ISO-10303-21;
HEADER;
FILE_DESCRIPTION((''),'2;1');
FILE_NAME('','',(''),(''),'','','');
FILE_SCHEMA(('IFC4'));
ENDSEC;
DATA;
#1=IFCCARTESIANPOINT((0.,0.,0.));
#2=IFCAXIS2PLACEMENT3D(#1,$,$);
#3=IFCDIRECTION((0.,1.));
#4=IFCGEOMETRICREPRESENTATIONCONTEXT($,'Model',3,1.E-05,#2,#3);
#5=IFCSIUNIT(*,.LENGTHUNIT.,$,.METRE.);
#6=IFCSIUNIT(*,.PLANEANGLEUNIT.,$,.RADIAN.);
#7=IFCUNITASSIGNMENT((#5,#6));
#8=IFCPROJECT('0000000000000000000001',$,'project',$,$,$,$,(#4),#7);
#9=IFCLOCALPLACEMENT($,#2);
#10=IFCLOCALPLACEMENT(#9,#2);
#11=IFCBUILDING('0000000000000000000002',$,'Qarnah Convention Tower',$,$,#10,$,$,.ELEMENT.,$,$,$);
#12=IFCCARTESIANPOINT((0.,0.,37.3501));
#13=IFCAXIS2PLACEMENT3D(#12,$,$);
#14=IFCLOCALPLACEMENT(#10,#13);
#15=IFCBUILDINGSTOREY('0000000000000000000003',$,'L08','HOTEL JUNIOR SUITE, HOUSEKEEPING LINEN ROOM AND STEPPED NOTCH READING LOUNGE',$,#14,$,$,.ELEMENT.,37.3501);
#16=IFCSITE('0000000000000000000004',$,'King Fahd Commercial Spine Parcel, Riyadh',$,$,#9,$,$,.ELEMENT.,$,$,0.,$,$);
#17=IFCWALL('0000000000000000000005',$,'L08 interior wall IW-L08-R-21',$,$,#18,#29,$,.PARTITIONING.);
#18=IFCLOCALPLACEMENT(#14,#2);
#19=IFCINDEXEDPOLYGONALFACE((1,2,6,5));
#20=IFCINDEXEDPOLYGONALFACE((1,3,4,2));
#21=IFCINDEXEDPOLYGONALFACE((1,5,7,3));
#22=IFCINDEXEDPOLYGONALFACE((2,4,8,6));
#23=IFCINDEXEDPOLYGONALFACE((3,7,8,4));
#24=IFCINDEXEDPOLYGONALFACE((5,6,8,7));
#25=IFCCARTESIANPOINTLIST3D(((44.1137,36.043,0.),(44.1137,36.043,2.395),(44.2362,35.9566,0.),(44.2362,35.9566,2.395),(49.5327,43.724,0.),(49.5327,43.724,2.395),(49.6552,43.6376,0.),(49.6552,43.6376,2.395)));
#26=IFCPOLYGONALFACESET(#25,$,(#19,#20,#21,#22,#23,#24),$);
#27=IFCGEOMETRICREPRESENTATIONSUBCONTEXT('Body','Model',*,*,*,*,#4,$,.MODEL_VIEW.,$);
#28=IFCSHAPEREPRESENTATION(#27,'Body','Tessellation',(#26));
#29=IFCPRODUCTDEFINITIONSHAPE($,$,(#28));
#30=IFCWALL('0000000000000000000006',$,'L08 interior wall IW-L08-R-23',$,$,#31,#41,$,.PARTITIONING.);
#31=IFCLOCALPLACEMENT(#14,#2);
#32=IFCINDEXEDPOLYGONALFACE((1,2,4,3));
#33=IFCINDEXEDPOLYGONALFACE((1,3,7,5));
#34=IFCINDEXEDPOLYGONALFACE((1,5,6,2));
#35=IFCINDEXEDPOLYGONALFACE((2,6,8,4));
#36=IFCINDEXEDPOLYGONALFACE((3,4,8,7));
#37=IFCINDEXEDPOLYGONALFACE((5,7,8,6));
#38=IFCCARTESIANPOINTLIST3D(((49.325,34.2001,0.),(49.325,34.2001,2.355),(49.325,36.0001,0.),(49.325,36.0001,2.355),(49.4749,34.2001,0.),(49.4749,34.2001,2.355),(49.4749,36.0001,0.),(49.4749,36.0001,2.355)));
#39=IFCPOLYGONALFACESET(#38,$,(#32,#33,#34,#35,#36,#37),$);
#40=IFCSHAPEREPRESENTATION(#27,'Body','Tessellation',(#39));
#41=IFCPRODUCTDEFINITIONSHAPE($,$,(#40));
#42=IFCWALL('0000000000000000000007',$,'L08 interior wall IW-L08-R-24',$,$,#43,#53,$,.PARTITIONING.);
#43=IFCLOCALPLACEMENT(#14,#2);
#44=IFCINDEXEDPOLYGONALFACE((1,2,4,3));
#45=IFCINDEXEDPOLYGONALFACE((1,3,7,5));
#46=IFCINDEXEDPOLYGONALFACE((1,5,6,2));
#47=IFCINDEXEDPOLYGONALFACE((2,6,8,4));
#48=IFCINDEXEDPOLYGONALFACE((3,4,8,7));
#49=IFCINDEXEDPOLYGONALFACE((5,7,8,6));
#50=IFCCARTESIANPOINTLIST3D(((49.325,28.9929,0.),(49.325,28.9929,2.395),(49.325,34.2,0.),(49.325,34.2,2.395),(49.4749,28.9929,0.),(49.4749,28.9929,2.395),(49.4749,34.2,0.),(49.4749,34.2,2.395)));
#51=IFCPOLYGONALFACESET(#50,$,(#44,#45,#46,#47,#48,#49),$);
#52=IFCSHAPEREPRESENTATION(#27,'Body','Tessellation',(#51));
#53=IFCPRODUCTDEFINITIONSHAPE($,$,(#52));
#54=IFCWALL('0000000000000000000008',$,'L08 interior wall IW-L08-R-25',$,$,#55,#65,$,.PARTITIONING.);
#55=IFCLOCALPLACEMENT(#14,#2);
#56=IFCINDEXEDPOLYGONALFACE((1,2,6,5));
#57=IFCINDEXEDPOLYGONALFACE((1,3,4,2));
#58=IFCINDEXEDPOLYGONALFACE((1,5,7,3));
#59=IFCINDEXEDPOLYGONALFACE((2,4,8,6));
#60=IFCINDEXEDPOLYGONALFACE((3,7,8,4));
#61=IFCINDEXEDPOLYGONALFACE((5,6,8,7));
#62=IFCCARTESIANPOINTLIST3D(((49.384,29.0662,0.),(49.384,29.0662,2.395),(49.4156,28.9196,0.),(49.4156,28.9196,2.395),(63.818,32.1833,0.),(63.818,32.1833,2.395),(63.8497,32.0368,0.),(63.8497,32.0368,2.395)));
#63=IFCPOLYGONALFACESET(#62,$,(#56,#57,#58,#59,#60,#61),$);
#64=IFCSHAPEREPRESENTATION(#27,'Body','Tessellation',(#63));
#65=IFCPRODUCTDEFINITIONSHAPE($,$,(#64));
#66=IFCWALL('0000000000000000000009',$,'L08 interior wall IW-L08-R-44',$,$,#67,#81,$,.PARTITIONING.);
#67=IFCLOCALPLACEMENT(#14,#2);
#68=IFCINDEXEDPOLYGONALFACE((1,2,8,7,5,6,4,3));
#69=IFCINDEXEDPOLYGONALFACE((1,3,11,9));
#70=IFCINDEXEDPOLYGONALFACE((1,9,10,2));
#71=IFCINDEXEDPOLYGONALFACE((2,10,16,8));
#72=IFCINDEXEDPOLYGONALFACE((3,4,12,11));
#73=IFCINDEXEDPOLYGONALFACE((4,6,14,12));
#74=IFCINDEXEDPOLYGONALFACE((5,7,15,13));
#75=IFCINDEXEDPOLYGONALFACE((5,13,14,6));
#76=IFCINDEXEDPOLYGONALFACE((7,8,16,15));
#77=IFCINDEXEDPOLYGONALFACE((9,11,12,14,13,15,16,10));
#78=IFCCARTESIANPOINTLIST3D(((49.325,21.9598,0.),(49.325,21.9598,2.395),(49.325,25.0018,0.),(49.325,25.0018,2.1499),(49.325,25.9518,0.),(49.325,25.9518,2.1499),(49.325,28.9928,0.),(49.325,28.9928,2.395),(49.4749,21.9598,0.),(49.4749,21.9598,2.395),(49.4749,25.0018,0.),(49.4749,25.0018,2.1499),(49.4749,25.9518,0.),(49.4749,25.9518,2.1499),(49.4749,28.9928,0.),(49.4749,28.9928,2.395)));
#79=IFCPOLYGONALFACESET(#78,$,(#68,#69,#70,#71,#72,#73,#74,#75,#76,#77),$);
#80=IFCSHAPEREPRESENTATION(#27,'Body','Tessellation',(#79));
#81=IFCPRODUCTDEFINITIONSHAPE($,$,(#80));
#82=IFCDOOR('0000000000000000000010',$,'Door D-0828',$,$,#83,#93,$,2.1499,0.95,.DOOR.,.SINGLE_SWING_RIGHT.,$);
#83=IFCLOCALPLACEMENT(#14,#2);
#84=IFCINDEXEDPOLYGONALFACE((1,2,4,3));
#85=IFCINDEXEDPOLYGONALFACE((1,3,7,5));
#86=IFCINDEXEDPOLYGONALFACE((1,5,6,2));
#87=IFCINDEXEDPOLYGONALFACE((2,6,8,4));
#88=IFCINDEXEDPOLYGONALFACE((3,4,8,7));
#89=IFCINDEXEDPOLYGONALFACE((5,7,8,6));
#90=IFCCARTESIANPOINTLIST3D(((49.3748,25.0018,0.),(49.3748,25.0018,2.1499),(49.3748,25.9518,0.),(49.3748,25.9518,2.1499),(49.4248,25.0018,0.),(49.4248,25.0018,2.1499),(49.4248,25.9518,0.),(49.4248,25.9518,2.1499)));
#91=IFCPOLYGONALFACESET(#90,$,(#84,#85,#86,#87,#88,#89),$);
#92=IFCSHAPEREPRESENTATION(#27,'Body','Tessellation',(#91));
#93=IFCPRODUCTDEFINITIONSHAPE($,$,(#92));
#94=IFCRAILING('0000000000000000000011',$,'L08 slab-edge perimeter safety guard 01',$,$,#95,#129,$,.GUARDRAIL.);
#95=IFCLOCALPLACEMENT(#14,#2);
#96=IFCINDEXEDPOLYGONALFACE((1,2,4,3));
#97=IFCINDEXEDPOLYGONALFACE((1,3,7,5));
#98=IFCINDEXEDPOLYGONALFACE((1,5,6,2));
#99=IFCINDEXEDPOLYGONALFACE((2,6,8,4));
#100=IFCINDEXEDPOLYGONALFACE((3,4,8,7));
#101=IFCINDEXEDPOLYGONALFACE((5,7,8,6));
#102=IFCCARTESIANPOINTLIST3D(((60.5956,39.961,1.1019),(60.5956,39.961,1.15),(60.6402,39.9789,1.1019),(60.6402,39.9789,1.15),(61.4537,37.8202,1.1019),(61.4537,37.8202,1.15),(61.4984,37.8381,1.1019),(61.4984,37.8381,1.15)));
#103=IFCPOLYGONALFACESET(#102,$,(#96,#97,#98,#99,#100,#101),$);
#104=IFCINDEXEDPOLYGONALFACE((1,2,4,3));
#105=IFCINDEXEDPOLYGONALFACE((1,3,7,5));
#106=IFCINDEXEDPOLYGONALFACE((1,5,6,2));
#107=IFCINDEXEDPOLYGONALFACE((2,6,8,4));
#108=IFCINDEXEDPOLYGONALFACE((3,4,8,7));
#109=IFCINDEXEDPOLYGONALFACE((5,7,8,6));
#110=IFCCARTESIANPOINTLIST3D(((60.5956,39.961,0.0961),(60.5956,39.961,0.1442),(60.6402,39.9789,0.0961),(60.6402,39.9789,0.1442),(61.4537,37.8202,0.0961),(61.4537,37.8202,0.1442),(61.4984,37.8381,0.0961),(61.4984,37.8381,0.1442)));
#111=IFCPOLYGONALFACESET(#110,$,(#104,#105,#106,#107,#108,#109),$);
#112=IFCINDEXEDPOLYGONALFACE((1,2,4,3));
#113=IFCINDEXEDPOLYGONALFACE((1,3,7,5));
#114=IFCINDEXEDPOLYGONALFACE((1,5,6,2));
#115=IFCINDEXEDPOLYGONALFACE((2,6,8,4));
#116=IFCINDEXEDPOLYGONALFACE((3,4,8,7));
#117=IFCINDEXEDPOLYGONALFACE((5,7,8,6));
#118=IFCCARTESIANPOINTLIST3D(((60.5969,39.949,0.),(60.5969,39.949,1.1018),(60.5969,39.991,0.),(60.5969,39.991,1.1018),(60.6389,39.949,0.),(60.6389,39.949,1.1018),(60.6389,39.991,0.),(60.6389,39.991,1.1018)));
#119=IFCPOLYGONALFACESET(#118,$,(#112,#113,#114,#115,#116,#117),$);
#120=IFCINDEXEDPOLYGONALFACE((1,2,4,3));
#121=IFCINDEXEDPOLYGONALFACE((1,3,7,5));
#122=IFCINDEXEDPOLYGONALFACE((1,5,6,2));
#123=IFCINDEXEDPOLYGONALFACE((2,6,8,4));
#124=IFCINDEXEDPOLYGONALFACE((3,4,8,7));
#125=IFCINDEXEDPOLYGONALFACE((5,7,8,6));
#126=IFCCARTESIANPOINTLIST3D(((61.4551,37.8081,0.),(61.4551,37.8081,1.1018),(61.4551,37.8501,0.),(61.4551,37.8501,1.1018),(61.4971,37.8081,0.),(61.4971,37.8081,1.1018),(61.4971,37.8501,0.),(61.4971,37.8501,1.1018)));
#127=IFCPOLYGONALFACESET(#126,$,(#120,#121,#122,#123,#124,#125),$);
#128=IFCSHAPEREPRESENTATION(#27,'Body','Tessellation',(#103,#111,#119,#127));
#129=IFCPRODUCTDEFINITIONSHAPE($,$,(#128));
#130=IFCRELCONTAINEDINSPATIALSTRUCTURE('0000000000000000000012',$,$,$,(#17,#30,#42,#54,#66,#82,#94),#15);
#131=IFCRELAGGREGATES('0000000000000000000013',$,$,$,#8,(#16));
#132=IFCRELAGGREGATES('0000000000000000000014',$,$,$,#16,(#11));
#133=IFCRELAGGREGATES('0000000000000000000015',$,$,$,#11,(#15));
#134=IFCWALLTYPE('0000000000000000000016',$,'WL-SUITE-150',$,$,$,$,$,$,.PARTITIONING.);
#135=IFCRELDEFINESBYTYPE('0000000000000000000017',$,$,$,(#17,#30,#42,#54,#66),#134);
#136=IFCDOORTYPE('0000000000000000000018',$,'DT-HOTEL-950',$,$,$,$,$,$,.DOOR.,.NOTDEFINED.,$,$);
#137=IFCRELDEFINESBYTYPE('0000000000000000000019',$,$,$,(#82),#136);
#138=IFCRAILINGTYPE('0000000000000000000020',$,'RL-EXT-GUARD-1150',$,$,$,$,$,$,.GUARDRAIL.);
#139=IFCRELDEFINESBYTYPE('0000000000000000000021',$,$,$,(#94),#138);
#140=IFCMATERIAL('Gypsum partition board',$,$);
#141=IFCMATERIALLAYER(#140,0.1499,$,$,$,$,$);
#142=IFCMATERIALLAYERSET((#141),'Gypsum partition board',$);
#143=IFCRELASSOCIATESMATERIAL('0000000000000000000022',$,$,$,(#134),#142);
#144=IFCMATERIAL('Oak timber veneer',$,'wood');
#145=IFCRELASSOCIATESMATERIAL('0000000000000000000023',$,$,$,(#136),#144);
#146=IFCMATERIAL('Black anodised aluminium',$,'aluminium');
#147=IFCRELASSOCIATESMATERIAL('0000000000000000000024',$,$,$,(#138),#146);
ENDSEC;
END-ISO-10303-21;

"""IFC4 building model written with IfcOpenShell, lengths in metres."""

from ifc_helpers import new_model, si_unit, direction, frame, frame_2d, origin, origin_2d, place, context, subcontext, project, spatial, rectangle, extrude, material, layer, layer_set, type_object, element, fill, save


model = new_model("IFC4")

# Units and contexts
model_context = context("Model", 3, precision=1e-05, world=origin(), true_north=direction((0.0, 1.0)))
body_context = subcontext(model_context, "Body", "Model", "MODEL_VIEW")
ifc_project = project(units=[si_unit("LENGTHUNIT", "METRE"), si_unit("PLANEANGLEUNIT", "RADIAN")], contexts=[model_context])

# Site, building, storey
site_placement = place(None, origin())
site = spatial("IfcSite", under=ifc_project, at=site_placement, Name="King Fahd Commercial Spine Parcel, Riyadh", CompositionType="ELEMENT", RefElevation=0.0)
building_placement = place(site_placement, origin())
building = spatial("IfcBuilding", under=site, at=building_placement, Name="Qarnah Convention Tower", CompositionType="ELEMENT")
storey_placement = place(building_placement, frame((0.0, 0.0, 37.3501)))
storey = spatial("IfcBuildingStorey", under=building, at=storey_placement, Name="L08", Description="HOTEL JUNIOR SUITE, HOUSEKEEPING LINEN ROOM AND STEPPED NOTCH READING LOUNGE", CompositionType="ELEMENT", Elevation=37.3501)

# Shared definitions
ifc_material_1 = material(Name="Black anodised aluminium", Category="aluminium")

# Walls
ifc_material_2 = material(Name="Gypsum partition board")
ifc_layer_1 = layer(ifc_material_2, 0.1499)
ifc_layer_set_1 = layer_set([ifc_layer_1], Name="Gypsum partition board")
wall_type_1 = type_object("IfcWallType", Name="WL-SUITE-150", PredefinedType="PARTITIONING", material=ifc_layer_set_1)
wall_1_placement = place(storey_placement, frame((49.594, 43.6809, 0.0), z_axis=(0.0, 0.0, 1.0), x_axis=(-0.576479, -0.817112, 0.0)))
element("IfcWall", 1, at=wall_1_placement, inside=storey, type_object=wall_type_1, Name="L08 interior wall IW-L08-R-21", PredefinedType="PARTITIONING", context=body_context, shape_type="SweptSolid", body=[
    extrude(rectangle(XDim=9.4001, YDim=0.1499, at=frame_2d((4.7002, 0.0))), origin(), (0.0, 0.0, 1.0), 2.395),
])
wall_2_placement = place(storey_placement, frame((49.3999, 36.0, 0.0), z_axis=(0.0, 0.0, 1.0), x_axis=(0.0, -1.0, 0.0)))
element("IfcWall", 2, at=wall_2_placement, inside=storey, type_object=wall_type_1, Name="L08 interior wall IW-L08-R-23", PredefinedType="PARTITIONING", context=body_context, shape_type="SweptSolid", body=[
    extrude(rectangle(XDim=1.8, YDim=0.1499, at=frame_2d((0.8999, 0.0))), origin(), (0.0, 0.0, 1.0), 2.355),
])
wall_3_placement = place(storey_placement, frame((49.3999, 34.2, 0.0), z_axis=(0.0, 0.0, 1.0), x_axis=(0.0, -1.0, 0.0)))
element("IfcWall", 3, at=wall_3_placement, inside=storey, type_object=wall_type_1, Name="L08 interior wall IW-L08-R-24", PredefinedType="PARTITIONING", context=body_context, shape_type="SweptSolid", body=[
    extrude(rectangle(XDim=5.207, YDim=0.1499, at=frame_2d((2.6035, 0.0))), origin(), (0.0, 0.0, 1.0), 2.395),
])
wall_4_placement = place(storey_placement, frame((49.3999, 28.9929, 0.0), z_axis=(0.0, 0.0, 1.0), x_axis=(0.977466, 0.211094, 0.0)))
element("IfcWall", 4, at=wall_4_placement, inside=storey, type_object=wall_type_1, Name="L08 interior wall IW-L08-R-25", PredefinedType="PARTITIONING", context=body_context, shape_type="SweptSolid", body=[
    extrude(rectangle(XDim=14.7668, YDim=0.1499, at=frame_2d((7.3833, 0.0))), origin(), (0.0, 0.0, 1.0), 2.395),
])

# Wall, opening, door
wall_5_placement = place(storey_placement, frame((49.3999, 28.9929, 0.0), z_axis=(0.0, 0.0, 1.0), x_axis=(0.0, -1.0, 0.0)))
wall_5 = element("IfcWall", 5, at=wall_5_placement, inside=storey, type_object=wall_type_1, Name="L08 interior wall IW-L08-R-44", PredefinedType="PARTITIONING", context=body_context, shape_type="SweptSolid", body=[
    extrude(rectangle(XDim=7.033, YDim=0.1499, at=frame_2d((3.5166, 0.0))), origin(), (0.0, 0.0, 1.0), 2.395),
])
opening_1_placement = place(wall_5_placement, frame((3.041, 0.0, 0.0)))
opening_1 = element("IfcOpeningElement", 6, at=opening_1_placement, cuts=wall_5, PredefinedType="OPENING", context=body_context, shape_type="SweptSolid", body=[
    extrude(rectangle(XDim=0.95, YDim=2.1499, at=frame_2d((0.4751, 1.075))), frame((0.0, 0.085, 0.0), z_axis=(0.0, -1.0, 0.0), x_axis=(1.0, 0.0, 0.0)), (0.0, 0.0, 1.0), 0.1699),
])
ifc_material_3 = material(Name="Oak timber veneer", Category="wood")
door_type_1 = type_object("IfcDoorType", Name="DT-HOTEL-950", OperationType="NOTDEFINED", PredefinedType="DOOR", material=ifc_material_3)
door_1_placement = place(opening_1_placement, origin())
door_1 = element("IfcDoor", 7, at=door_1_placement, inside=storey, type_object=door_type_1, Name="Door D-0828", OperationType="SINGLE_SWING_RIGHT", OverallHeight=2.1499, OverallWidth=0.95, PredefinedType="DOOR", context=body_context, shape_type="SweptSolid", body=[
    extrude(rectangle(XDim=0.95, YDim=2.1499, at=frame_2d((0.4751, 1.075))), frame((0.0, 0.0249, 0.0), z_axis=(0.0, -1.0, 0.0), x_axis=(1.0, 0.0, 0.0)), (0.0, 0.0, 1.0), 0.05),
])
fill(opening_1, door_1)

# Railing
railing_type = type_object("IfcRailingType", Name="RL-EXT-GUARD-1150", PredefinedType="GUARDRAIL", material=ifc_material_1)
railing_1_placement = place(storey_placement, frame((60.6179, 39.97, 0.0)))
element("IfcRailing", 8, at=railing_1_placement, inside=storey, type_object=railing_type, Name="L08 slab-edge perimeter safety guard 01", PredefinedType="GUARDRAIL", context=body_context, shape_type="SweptSolid", body=[
    extrude(rectangle(XDim=0.0481, YDim=0.0481, at=origin_2d()), frame((0.0, 0.0, 1.126), z_axis=(0.372066, -0.928206, 0.0), x_axis=(0.928206, 0.372066, 0.0)), (0.0, 0.0, 1.0), 2.3064),
    extrude(rectangle(XDim=0.0481, YDim=0.0481, at=origin_2d()), frame((0.0, 0.0, 0.1201), z_axis=(0.372066, -0.928206, 0.0), x_axis=(0.928206, 0.372066, 0.0)), (0.0, 0.0, 1.0), 2.3064),
    extrude(rectangle(XDim=0.042, YDim=0.042, at=origin_2d()), origin(), (0.0, 0.0, 1.0), 1.1018),
    extrude(rectangle(XDim=0.042, YDim=0.042, at=origin_2d()), frame((0.8582, -2.1409, 0.0)), (0.0, 0.0, 1.0), 1.1018),
])

save(model, "model.ifc")
